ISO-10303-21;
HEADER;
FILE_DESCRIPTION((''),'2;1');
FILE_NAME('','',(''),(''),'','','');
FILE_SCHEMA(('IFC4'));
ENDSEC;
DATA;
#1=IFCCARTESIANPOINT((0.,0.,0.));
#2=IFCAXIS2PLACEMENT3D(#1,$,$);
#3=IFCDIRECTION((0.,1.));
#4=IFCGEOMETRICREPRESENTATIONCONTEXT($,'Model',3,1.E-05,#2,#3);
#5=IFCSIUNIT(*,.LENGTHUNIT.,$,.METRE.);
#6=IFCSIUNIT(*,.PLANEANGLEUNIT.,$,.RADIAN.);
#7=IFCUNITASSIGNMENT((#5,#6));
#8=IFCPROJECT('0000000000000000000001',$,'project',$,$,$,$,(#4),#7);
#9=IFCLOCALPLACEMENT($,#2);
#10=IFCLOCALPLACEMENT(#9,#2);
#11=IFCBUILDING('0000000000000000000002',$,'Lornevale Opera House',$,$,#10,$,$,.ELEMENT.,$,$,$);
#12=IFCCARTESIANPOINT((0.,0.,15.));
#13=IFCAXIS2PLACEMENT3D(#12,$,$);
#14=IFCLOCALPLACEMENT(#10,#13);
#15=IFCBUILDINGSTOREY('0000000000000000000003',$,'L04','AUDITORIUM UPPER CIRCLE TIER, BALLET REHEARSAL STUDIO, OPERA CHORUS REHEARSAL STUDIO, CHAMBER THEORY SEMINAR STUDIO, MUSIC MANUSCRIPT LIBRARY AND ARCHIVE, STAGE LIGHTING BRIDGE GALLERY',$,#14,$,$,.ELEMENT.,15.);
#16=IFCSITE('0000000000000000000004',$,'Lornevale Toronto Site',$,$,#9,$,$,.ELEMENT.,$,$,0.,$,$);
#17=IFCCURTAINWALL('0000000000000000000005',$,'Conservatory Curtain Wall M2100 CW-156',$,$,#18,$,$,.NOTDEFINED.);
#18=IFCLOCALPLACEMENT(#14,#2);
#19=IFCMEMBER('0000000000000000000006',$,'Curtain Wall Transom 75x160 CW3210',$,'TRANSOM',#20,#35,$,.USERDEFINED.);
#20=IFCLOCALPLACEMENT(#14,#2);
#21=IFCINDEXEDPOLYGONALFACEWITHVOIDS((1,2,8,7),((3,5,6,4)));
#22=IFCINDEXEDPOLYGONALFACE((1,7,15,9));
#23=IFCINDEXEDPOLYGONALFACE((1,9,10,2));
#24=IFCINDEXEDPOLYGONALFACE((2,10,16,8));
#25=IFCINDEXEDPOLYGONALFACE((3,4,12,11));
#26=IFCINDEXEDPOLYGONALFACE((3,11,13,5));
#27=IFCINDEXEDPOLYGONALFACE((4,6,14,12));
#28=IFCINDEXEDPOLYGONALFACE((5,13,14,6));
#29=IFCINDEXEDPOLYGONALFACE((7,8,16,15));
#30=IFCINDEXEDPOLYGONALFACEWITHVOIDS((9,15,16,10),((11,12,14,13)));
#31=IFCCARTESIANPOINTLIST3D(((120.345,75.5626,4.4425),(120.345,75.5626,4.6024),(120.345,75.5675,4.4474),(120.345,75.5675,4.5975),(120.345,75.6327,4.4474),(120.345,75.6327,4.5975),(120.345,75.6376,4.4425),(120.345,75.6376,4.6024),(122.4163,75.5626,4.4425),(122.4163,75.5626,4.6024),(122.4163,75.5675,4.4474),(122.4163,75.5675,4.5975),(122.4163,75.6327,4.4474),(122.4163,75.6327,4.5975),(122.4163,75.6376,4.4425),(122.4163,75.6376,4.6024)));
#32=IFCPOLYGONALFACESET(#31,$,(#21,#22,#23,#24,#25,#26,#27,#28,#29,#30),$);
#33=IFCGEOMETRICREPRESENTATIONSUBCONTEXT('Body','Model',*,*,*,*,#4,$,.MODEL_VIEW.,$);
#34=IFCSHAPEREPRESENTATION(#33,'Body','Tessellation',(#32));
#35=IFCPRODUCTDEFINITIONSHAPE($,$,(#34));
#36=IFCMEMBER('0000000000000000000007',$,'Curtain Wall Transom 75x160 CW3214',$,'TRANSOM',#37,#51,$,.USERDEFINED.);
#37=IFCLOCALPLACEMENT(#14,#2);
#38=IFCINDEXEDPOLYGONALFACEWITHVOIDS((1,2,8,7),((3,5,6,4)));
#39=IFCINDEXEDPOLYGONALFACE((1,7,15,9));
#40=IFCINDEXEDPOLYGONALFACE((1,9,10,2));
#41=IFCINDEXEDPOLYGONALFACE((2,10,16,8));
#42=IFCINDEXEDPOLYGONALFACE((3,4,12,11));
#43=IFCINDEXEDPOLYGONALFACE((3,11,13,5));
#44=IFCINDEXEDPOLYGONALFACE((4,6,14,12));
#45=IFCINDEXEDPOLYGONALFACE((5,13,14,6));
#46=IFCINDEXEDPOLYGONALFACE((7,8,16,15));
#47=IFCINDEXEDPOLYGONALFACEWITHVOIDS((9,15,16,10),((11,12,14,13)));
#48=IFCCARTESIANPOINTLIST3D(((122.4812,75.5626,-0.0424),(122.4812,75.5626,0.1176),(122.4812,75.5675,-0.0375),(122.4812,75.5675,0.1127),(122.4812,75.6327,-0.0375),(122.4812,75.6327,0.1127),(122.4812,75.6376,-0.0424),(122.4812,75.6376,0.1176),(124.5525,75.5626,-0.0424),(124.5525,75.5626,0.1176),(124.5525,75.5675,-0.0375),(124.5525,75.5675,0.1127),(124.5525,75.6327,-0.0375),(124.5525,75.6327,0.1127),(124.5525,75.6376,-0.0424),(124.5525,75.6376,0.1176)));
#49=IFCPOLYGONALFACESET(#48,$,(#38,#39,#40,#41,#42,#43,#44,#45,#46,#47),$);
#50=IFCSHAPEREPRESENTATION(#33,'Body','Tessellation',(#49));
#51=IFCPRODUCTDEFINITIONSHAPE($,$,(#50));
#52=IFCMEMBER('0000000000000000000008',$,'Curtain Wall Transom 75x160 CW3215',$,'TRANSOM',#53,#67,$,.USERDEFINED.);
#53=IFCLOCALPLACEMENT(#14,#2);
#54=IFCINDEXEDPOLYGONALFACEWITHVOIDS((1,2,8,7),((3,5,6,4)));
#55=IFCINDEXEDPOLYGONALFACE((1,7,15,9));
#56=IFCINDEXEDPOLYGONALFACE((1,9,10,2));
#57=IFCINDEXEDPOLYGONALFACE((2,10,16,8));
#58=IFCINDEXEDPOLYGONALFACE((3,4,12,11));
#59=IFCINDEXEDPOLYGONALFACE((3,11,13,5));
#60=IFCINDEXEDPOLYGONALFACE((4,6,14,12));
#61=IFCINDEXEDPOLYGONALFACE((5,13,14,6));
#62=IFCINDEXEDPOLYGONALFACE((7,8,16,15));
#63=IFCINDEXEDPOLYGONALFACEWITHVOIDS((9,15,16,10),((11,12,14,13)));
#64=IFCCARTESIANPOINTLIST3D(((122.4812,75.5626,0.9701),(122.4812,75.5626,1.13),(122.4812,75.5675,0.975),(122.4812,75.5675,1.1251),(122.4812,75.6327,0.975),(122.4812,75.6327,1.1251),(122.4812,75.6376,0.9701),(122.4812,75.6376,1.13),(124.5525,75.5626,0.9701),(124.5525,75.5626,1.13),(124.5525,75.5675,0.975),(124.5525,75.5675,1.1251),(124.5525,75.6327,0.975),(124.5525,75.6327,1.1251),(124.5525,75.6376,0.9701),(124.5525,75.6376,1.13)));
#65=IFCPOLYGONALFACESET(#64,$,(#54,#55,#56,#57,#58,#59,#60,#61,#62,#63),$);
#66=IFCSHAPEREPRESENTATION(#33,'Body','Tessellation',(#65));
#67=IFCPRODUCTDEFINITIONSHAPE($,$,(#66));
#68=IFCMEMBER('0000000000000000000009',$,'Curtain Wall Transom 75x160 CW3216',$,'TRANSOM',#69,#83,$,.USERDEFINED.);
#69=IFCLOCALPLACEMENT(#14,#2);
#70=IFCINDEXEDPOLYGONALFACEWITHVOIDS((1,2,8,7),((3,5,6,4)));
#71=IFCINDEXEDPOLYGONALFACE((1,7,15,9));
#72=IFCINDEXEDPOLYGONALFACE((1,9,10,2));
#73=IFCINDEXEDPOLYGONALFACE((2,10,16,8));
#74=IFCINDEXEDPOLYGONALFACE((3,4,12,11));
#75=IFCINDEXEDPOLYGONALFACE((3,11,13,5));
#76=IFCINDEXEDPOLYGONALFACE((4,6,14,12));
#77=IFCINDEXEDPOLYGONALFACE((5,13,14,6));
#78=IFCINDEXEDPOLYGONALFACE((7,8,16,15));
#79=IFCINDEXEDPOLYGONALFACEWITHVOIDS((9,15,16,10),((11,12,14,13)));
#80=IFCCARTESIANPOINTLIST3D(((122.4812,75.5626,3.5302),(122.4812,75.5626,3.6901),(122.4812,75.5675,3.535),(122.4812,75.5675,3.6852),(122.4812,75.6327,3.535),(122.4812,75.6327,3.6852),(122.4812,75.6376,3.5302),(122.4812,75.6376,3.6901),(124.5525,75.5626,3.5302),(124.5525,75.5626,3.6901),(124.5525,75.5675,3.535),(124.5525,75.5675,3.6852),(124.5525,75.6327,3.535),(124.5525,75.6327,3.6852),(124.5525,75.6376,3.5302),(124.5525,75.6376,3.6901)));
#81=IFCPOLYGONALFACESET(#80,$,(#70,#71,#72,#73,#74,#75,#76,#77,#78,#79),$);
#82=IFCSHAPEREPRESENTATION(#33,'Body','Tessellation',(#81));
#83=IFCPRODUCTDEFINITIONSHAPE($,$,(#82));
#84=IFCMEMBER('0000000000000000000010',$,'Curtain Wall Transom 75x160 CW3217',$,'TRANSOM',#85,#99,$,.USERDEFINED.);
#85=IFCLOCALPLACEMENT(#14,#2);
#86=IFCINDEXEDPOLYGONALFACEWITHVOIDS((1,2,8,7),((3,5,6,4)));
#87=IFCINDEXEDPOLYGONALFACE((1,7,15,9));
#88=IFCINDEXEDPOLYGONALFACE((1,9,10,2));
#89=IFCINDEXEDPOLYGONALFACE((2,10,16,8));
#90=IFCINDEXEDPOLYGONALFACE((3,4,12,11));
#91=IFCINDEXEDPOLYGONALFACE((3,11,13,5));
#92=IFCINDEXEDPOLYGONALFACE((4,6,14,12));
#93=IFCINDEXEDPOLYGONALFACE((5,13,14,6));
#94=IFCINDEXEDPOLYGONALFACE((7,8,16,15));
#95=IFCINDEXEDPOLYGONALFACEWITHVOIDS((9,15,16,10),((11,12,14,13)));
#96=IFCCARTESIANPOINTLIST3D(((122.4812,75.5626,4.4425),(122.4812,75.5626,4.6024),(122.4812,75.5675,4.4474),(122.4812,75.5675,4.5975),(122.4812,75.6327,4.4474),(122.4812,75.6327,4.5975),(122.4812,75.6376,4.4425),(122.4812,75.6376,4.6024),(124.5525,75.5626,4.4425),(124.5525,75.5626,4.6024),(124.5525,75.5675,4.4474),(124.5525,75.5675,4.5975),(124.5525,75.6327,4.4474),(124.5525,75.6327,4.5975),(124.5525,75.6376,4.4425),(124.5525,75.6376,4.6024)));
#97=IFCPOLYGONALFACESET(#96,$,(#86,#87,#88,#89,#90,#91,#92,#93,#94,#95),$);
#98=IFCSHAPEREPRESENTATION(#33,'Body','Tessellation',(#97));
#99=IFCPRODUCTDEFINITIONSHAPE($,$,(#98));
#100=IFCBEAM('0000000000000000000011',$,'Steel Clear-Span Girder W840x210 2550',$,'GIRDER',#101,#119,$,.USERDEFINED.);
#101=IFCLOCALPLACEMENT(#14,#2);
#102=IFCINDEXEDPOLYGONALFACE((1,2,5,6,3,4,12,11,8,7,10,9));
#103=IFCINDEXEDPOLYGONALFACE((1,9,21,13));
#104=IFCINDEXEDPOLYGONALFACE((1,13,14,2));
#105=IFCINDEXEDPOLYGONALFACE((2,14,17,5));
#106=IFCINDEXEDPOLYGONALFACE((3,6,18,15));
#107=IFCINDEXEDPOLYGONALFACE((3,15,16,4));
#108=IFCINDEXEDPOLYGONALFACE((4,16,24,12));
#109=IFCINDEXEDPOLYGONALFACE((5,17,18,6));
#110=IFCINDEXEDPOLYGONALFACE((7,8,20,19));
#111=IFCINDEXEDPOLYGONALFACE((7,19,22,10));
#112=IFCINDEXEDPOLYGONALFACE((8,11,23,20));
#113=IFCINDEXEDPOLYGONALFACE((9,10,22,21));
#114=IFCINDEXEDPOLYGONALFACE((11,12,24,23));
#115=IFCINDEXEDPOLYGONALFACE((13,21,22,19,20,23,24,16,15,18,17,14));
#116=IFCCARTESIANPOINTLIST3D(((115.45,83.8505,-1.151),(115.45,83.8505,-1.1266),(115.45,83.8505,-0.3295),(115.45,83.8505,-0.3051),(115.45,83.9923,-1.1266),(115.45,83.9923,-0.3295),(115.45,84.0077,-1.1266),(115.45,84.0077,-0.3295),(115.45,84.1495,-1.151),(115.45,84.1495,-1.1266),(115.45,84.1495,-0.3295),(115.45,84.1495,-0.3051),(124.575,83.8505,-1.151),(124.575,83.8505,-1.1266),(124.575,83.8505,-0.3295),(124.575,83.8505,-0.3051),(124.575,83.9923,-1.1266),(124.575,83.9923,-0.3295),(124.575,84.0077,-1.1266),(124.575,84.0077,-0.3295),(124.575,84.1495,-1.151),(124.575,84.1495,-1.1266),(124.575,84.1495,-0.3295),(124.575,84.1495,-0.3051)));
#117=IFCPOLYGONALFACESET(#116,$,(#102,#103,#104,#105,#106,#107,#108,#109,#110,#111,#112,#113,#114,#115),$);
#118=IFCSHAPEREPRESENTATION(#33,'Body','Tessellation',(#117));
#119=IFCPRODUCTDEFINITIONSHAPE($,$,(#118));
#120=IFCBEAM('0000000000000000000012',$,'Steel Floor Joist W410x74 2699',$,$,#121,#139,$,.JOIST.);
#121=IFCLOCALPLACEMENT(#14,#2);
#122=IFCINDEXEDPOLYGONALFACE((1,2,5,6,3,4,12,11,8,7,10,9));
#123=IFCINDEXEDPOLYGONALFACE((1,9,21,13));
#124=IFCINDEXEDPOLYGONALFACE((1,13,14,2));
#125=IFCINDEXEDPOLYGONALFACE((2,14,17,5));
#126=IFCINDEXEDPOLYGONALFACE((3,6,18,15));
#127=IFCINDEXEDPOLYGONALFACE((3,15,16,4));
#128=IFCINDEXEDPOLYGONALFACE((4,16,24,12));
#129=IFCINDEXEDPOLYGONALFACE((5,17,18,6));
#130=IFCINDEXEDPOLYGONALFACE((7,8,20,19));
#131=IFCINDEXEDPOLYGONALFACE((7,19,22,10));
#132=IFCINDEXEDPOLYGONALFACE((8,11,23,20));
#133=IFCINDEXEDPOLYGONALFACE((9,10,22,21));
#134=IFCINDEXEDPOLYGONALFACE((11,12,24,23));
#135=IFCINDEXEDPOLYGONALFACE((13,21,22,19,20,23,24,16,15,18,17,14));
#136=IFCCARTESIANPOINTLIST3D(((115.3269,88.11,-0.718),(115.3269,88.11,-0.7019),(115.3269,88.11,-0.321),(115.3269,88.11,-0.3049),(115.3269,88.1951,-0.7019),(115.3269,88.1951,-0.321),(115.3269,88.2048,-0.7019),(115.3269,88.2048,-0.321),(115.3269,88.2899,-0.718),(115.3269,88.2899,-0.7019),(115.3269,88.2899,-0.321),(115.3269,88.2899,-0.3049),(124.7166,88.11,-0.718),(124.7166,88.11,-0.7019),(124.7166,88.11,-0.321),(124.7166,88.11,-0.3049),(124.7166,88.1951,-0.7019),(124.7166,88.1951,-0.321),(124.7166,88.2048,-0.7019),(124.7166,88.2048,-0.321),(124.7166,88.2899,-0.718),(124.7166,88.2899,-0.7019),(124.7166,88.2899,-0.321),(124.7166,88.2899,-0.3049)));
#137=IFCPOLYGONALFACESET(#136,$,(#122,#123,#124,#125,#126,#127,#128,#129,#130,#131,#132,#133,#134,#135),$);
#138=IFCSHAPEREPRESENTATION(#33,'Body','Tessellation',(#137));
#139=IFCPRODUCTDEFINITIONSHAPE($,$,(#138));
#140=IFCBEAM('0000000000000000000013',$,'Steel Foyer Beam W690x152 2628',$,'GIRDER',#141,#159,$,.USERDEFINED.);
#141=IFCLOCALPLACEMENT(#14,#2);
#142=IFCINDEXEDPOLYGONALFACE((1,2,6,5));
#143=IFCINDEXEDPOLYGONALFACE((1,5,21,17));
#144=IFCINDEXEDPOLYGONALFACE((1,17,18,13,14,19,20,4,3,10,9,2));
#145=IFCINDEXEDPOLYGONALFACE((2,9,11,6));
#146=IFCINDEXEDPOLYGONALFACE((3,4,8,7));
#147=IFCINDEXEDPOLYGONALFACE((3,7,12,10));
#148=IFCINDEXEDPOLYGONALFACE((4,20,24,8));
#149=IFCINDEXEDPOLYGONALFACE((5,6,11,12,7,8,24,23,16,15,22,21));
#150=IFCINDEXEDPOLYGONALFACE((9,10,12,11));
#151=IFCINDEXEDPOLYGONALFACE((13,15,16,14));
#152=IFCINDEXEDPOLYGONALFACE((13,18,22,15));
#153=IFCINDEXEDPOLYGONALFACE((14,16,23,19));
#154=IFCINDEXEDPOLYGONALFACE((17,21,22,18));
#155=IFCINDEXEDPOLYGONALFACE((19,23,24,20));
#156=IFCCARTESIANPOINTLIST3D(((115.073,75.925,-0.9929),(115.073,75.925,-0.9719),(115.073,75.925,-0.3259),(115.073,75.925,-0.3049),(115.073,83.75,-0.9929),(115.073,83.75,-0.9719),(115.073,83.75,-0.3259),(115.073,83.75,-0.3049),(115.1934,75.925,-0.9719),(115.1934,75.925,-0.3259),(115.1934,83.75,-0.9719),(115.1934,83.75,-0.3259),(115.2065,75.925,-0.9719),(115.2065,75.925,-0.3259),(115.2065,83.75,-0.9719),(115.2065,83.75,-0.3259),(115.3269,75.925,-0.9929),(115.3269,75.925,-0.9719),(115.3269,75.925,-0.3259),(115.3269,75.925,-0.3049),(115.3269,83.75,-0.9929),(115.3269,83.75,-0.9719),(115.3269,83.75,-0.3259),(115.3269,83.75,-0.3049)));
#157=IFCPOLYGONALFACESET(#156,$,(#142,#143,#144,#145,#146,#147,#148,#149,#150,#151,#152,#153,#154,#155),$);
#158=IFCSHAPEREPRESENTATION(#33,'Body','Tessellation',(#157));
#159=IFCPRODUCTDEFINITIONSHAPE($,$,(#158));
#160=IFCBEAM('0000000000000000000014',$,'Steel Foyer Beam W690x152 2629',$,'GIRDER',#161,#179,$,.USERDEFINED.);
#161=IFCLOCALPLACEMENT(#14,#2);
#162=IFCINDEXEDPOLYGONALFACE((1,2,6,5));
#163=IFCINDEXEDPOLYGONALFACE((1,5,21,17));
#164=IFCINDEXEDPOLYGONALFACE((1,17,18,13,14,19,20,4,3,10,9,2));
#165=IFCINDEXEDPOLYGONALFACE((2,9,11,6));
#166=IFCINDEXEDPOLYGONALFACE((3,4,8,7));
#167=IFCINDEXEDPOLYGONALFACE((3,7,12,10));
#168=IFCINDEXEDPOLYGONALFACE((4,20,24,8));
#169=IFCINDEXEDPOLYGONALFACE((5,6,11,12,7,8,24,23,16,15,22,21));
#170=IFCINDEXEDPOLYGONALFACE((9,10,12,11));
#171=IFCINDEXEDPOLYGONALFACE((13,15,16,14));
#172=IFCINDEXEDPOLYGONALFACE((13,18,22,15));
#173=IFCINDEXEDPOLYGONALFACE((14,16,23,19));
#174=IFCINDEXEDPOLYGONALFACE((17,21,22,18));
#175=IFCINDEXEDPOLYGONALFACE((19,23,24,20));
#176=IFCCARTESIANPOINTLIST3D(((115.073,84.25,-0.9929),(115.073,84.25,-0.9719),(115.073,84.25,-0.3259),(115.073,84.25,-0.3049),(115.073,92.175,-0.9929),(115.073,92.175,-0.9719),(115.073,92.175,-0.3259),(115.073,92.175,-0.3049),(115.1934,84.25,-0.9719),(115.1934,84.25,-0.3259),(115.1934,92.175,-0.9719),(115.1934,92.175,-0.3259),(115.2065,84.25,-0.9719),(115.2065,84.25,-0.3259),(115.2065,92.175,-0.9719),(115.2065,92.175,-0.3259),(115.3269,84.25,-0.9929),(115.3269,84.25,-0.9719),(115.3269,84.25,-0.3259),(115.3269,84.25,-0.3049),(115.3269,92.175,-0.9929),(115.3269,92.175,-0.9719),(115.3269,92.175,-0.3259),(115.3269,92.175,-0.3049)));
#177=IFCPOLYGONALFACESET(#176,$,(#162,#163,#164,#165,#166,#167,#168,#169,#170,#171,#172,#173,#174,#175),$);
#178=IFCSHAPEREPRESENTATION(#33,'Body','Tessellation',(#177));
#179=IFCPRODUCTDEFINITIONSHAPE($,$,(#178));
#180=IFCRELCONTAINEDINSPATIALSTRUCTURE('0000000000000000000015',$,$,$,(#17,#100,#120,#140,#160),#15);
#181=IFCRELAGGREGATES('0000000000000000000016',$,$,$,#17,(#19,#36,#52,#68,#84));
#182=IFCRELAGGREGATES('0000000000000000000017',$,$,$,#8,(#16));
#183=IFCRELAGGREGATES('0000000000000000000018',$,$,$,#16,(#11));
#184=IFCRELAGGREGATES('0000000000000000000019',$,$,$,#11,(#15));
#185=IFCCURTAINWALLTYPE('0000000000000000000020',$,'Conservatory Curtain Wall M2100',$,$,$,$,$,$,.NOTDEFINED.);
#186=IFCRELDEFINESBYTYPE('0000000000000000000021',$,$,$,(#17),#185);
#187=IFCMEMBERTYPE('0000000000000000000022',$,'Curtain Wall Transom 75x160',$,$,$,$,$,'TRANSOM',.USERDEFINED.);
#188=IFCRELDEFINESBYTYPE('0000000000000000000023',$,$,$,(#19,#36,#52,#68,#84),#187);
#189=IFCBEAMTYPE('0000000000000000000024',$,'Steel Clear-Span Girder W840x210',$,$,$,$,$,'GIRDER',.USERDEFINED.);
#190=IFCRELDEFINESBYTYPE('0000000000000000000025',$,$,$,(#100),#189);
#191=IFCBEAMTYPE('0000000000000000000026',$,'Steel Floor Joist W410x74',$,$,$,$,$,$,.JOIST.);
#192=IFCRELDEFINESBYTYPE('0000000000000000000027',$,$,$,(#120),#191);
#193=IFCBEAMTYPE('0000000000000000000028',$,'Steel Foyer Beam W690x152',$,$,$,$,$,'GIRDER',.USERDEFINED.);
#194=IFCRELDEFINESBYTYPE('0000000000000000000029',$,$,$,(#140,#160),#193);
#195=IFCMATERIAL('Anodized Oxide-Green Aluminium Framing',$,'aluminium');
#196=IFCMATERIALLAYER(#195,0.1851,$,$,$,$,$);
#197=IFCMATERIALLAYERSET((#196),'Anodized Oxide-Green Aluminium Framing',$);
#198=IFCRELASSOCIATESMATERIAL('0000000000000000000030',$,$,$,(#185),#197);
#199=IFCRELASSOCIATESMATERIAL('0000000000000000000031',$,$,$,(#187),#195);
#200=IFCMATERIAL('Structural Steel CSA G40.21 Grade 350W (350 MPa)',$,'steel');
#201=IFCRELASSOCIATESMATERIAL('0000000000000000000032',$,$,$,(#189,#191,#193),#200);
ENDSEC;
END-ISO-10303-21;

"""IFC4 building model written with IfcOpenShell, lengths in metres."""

from ifc_helpers import new_model, si_unit, direction, frame, origin, origin_2d, place, context, subcontext, project, spatial, hollow_rectangle, i_section, extrude, material, layer, layer_set, material_profile, profile_set, type_object, element, aggregate, save


model = new_model("IFC4")

# Units and contexts
model_context = context("Model", 3, precision=1e-05, world=origin(), true_north=direction((0.0, 1.0)))
body_context = subcontext(model_context, "Body", "Model", "MODEL_VIEW")
ifc_project = project(units=[si_unit("LENGTHUNIT", "METRE"), si_unit("PLANEANGLEUNIT", "RADIAN")], contexts=[model_context])

# Site, building, storey
site_placement = place(None, origin())
site = spatial("IfcSite", under=ifc_project, at=site_placement, Name="Lornevale Toronto Site", CompositionType="ELEMENT", RefElevation=0.0)
building_placement = place(site_placement, origin())
building = spatial("IfcBuilding", under=site, at=building_placement, Name="Lornevale Opera House", CompositionType="ELEMENT")
storey_placement = place(building_placement, frame((0.0, 0.0, 15.0)))
storey = spatial("IfcBuildingStorey", under=building, at=storey_placement, Name="L04", Description="AUDITORIUM UPPER CIRCLE TIER, BALLET REHEARSAL STUDIO, OPERA CHORUS REHEARSAL STUDIO, CHAMBER THEORY SEMINAR STUDIO, MUSIC MANUSCRIPT LIBRARY AND ARCHIVE, STAGE LIGHTING BRIDGE GALLERY", CompositionType="ELEMENT", Elevation=15.0)

# Shared definitions
ifc_material_1 = material(Name="Anodized Oxide-Green Aluminium Framing", Category="aluminium")
ifc_layer_1 = layer(ifc_material_1, 0.1851)
ifc_layer_set_1 = layer_set([ifc_layer_1], Name="Anodized Oxide-Green Aluminium Framing")
curtain_wall_type = type_object("IfcCurtainWallType", Name="Conservatory Curtain Wall M2100", PredefinedType="NOTDEFINED", material=ifc_layer_set_1)

# Curtain wall
curtain_wall_1_placement = place(storey_placement, origin())
curtain_wall_1 = element("IfcCurtainWall", 1, at=curtain_wall_1_placement, inside=storey, type_object=curtain_wall_type, Name="Conservatory Curtain Wall M2100 CW-156", PredefinedType="NOTDEFINED")

# Members
ifc_material_profile_1 = material_profile(ifc_material_1, hollow_rectangle(XDim=0.075, YDim=0.1599, WallThickness=0.0049, at=origin_2d()), Name="ALU75x160x5")
ifc_profile_set_1 = profile_set([ifc_material_profile_1], Name="Anodized Oxide-Green Aluminium Framing")
member_type_1 = type_object("IfcMemberType", Name="Curtain Wall Transom 75x160", ElementType="TRANSOM", PredefinedType="USERDEFINED", material=ifc_profile_set_1)
member_1_placement = place(storey_placement, frame((120.345, 75.6001, 4.5225), z_axis=(1.0, 0.0, 0.0), x_axis=(0.0, 1.0, 0.0)))
member_1 = element("IfcMember", 2, at=member_1_placement, type_object=member_type_1, Name="Curtain Wall Transom 75x160 CW3210", ObjectType="TRANSOM", PredefinedType="USERDEFINED", context=body_context, shape_type="SweptSolid", body=[
    extrude(hollow_rectangle(XDim=0.075, YDim=0.1599, WallThickness=0.0049, at=origin_2d()), origin(), (0.0, 0.0, 1.0), 2.0713),
])
member_2_placement = place(storey_placement, frame((122.4812, 75.6001, 0.0376), z_axis=(1.0, 0.0, 0.0), x_axis=(0.0, 1.0, 0.0)))
member_2 = element("IfcMember", 3, at=member_2_placement, type_object=member_type_1, Name="Curtain Wall Transom 75x160 CW3214", ObjectType="TRANSOM", PredefinedType="USERDEFINED", context=body_context, shape_type="SweptSolid", body=[
    extrude(hollow_rectangle(XDim=0.075, YDim=0.1599, WallThickness=0.0049, at=origin_2d()), origin(), (0.0, 0.0, 1.0), 2.0713),
])
member_3_placement = place(storey_placement, frame((122.4812, 75.6001, 1.05), z_axis=(1.0, 0.0, 0.0), x_axis=(0.0, 1.0, 0.0)))
member_3 = element("IfcMember", 4, at=member_3_placement, type_object=member_type_1, Name="Curtain Wall Transom 75x160 CW3215", ObjectType="TRANSOM", PredefinedType="USERDEFINED", context=body_context, shape_type="SweptSolid", body=[
    extrude(hollow_rectangle(XDim=0.075, YDim=0.1599, WallThickness=0.0049, at=origin_2d()), origin(), (0.0, 0.0, 1.0), 2.0713),
])
member_4_placement = place(storey_placement, frame((122.4812, 75.6001, 3.6101), z_axis=(1.0, 0.0, 0.0), x_axis=(0.0, 1.0, 0.0)))
member_4 = element("IfcMember", 5, at=member_4_placement, type_object=member_type_1, Name="Curtain Wall Transom 75x160 CW3216", ObjectType="TRANSOM", PredefinedType="USERDEFINED", context=body_context, shape_type="SweptSolid", body=[
    extrude(hollow_rectangle(XDim=0.075, YDim=0.1599, WallThickness=0.0049, at=origin_2d()), origin(), (0.0, 0.0, 1.0), 2.0713),
])
member_5_placement = place(storey_placement, frame((122.4812, 75.6001, 4.5225), z_axis=(1.0, 0.0, 0.0), x_axis=(0.0, 1.0, 0.0)))
member_5 = element("IfcMember", 6, at=member_5_placement, type_object=member_type_1, Name="Curtain Wall Transom 75x160 CW3217", ObjectType="TRANSOM", PredefinedType="USERDEFINED", context=body_context, shape_type="SweptSolid", body=[
    extrude(hollow_rectangle(XDim=0.075, YDim=0.1599, WallThickness=0.0049, at=origin_2d()), origin(), (0.0, 0.0, 1.0), 2.0713),
])

# Beams
ifc_material_2 = material(Name="Structural Steel CSA G40.21 Grade 350W (350 MPa)", Category="steel")
ifc_material_profile_2 = material_profile(ifc_material_2, i_section(OverallWidth=0.2991, OverallDepth=0.8459, WebThickness=0.0154, FlangeThickness=0.0244, at=origin_2d()), Name="W840x210")
ifc_profile_set_2 = profile_set([ifc_material_profile_2], Name="Structural Steel CSA G40.21 Grade 350W (350 MPa)")
beam_type_1 = type_object("IfcBeamType", Name="Steel Clear-Span Girder W840x210", ElementType="GIRDER", PredefinedType="USERDEFINED", material=ifc_profile_set_2)
beam_1_placement = place(storey_placement, frame((115.45, 84.0, -0.728), z_axis=(1.0, 0.0, 0.0), x_axis=(0.0, 1.0, 0.0)))
element("IfcBeam", 7, at=beam_1_placement, inside=storey, type_object=beam_type_1, Name="Steel Clear-Span Girder W840x210 2550", ObjectType="GIRDER", PredefinedType="USERDEFINED", context=body_context, shape_type="SweptSolid", body=[
    extrude(i_section(OverallWidth=0.2991, OverallDepth=0.8459, WebThickness=0.0154, FlangeThickness=0.0244, at=origin_2d()), origin(), (0.0, 0.0, 1.0), 9.125),
])
ifc_material_profile_3 = material_profile(ifc_material_2, i_section(OverallWidth=0.1799, OverallDepth=0.4131, WebThickness=0.0098, FlangeThickness=0.0161, at=origin_2d()), Name="W410x74")
ifc_profile_set_3 = profile_set([ifc_material_profile_3], Name="Structural Steel CSA G40.21 Grade 350W (350 MPa)")
beam_type_2 = type_object("IfcBeamType", Name="Steel Floor Joist W410x74", PredefinedType="JOIST", material=ifc_profile_set_3)
beam_2_placement = place(storey_placement, frame((115.3269, 88.2, -0.5115), z_axis=(1.0, 0.0, 0.0), x_axis=(0.0, 1.0, 0.0)))
element("IfcBeam", 8, at=beam_2_placement, inside=storey, type_object=beam_type_2, Name="Steel Floor Joist W410x74 2699", PredefinedType="JOIST", context=body_context, shape_type="SweptSolid", body=[
    extrude(i_section(OverallWidth=0.1799, OverallDepth=0.4131, WebThickness=0.0098, FlangeThickness=0.0161, at=origin_2d()), origin(), (0.0, 0.0, 1.0), 9.3896),
])
ifc_material_profile_4 = material_profile(ifc_material_2, i_section(OverallWidth=0.2539, OverallDepth=0.688, WebThickness=0.0132, FlangeThickness=0.021, at=origin_2d()), Name="W690x152")
ifc_profile_set_4 = profile_set([ifc_material_profile_4], Name="Structural Steel CSA G40.21 Grade 350W (350 MPa)")
beam_type_3 = type_object("IfcBeamType", Name="Steel Foyer Beam W690x152", ElementType="GIRDER", PredefinedType="USERDEFINED", material=ifc_profile_set_4)
beam_3_placement = place(storey_placement, frame((115.2, 75.925, -0.6489), z_axis=(0.0, 1.0, 0.0), x_axis=(-1.0, 0.0, 0.0)))
element("IfcBeam", 9, at=beam_3_placement, inside=storey, type_object=beam_type_3, Name="Steel Foyer Beam W690x152 2628", ObjectType="GIRDER", PredefinedType="USERDEFINED", context=body_context, shape_type="SweptSolid", body=[
    extrude(i_section(OverallWidth=0.2539, OverallDepth=0.688, WebThickness=0.0132, FlangeThickness=0.021, at=origin_2d()), origin(), (0.0, 0.0, 1.0), 7.825),
])
beam_4_placement = place(storey_placement, frame((115.2, 84.25, -0.6489), z_axis=(0.0, 1.0, 0.0), x_axis=(-1.0, 0.0, 0.0)))
element("IfcBeam", 10, at=beam_4_placement, inside=storey, type_object=beam_type_3, Name="Steel Foyer Beam W690x152 2629", ObjectType="GIRDER", PredefinedType="USERDEFINED", context=body_context, shape_type="SweptSolid", body=[
    extrude(i_section(OverallWidth=0.2539, OverallDepth=0.688, WebThickness=0.0132, FlangeThickness=0.021, at=origin_2d()), origin(), (0.0, 0.0, 1.0), 7.925),
])

aggregate(curtain_wall_1, [member_1, member_2, member_3, member_4, member_5])

save(model, "model.ifc")
